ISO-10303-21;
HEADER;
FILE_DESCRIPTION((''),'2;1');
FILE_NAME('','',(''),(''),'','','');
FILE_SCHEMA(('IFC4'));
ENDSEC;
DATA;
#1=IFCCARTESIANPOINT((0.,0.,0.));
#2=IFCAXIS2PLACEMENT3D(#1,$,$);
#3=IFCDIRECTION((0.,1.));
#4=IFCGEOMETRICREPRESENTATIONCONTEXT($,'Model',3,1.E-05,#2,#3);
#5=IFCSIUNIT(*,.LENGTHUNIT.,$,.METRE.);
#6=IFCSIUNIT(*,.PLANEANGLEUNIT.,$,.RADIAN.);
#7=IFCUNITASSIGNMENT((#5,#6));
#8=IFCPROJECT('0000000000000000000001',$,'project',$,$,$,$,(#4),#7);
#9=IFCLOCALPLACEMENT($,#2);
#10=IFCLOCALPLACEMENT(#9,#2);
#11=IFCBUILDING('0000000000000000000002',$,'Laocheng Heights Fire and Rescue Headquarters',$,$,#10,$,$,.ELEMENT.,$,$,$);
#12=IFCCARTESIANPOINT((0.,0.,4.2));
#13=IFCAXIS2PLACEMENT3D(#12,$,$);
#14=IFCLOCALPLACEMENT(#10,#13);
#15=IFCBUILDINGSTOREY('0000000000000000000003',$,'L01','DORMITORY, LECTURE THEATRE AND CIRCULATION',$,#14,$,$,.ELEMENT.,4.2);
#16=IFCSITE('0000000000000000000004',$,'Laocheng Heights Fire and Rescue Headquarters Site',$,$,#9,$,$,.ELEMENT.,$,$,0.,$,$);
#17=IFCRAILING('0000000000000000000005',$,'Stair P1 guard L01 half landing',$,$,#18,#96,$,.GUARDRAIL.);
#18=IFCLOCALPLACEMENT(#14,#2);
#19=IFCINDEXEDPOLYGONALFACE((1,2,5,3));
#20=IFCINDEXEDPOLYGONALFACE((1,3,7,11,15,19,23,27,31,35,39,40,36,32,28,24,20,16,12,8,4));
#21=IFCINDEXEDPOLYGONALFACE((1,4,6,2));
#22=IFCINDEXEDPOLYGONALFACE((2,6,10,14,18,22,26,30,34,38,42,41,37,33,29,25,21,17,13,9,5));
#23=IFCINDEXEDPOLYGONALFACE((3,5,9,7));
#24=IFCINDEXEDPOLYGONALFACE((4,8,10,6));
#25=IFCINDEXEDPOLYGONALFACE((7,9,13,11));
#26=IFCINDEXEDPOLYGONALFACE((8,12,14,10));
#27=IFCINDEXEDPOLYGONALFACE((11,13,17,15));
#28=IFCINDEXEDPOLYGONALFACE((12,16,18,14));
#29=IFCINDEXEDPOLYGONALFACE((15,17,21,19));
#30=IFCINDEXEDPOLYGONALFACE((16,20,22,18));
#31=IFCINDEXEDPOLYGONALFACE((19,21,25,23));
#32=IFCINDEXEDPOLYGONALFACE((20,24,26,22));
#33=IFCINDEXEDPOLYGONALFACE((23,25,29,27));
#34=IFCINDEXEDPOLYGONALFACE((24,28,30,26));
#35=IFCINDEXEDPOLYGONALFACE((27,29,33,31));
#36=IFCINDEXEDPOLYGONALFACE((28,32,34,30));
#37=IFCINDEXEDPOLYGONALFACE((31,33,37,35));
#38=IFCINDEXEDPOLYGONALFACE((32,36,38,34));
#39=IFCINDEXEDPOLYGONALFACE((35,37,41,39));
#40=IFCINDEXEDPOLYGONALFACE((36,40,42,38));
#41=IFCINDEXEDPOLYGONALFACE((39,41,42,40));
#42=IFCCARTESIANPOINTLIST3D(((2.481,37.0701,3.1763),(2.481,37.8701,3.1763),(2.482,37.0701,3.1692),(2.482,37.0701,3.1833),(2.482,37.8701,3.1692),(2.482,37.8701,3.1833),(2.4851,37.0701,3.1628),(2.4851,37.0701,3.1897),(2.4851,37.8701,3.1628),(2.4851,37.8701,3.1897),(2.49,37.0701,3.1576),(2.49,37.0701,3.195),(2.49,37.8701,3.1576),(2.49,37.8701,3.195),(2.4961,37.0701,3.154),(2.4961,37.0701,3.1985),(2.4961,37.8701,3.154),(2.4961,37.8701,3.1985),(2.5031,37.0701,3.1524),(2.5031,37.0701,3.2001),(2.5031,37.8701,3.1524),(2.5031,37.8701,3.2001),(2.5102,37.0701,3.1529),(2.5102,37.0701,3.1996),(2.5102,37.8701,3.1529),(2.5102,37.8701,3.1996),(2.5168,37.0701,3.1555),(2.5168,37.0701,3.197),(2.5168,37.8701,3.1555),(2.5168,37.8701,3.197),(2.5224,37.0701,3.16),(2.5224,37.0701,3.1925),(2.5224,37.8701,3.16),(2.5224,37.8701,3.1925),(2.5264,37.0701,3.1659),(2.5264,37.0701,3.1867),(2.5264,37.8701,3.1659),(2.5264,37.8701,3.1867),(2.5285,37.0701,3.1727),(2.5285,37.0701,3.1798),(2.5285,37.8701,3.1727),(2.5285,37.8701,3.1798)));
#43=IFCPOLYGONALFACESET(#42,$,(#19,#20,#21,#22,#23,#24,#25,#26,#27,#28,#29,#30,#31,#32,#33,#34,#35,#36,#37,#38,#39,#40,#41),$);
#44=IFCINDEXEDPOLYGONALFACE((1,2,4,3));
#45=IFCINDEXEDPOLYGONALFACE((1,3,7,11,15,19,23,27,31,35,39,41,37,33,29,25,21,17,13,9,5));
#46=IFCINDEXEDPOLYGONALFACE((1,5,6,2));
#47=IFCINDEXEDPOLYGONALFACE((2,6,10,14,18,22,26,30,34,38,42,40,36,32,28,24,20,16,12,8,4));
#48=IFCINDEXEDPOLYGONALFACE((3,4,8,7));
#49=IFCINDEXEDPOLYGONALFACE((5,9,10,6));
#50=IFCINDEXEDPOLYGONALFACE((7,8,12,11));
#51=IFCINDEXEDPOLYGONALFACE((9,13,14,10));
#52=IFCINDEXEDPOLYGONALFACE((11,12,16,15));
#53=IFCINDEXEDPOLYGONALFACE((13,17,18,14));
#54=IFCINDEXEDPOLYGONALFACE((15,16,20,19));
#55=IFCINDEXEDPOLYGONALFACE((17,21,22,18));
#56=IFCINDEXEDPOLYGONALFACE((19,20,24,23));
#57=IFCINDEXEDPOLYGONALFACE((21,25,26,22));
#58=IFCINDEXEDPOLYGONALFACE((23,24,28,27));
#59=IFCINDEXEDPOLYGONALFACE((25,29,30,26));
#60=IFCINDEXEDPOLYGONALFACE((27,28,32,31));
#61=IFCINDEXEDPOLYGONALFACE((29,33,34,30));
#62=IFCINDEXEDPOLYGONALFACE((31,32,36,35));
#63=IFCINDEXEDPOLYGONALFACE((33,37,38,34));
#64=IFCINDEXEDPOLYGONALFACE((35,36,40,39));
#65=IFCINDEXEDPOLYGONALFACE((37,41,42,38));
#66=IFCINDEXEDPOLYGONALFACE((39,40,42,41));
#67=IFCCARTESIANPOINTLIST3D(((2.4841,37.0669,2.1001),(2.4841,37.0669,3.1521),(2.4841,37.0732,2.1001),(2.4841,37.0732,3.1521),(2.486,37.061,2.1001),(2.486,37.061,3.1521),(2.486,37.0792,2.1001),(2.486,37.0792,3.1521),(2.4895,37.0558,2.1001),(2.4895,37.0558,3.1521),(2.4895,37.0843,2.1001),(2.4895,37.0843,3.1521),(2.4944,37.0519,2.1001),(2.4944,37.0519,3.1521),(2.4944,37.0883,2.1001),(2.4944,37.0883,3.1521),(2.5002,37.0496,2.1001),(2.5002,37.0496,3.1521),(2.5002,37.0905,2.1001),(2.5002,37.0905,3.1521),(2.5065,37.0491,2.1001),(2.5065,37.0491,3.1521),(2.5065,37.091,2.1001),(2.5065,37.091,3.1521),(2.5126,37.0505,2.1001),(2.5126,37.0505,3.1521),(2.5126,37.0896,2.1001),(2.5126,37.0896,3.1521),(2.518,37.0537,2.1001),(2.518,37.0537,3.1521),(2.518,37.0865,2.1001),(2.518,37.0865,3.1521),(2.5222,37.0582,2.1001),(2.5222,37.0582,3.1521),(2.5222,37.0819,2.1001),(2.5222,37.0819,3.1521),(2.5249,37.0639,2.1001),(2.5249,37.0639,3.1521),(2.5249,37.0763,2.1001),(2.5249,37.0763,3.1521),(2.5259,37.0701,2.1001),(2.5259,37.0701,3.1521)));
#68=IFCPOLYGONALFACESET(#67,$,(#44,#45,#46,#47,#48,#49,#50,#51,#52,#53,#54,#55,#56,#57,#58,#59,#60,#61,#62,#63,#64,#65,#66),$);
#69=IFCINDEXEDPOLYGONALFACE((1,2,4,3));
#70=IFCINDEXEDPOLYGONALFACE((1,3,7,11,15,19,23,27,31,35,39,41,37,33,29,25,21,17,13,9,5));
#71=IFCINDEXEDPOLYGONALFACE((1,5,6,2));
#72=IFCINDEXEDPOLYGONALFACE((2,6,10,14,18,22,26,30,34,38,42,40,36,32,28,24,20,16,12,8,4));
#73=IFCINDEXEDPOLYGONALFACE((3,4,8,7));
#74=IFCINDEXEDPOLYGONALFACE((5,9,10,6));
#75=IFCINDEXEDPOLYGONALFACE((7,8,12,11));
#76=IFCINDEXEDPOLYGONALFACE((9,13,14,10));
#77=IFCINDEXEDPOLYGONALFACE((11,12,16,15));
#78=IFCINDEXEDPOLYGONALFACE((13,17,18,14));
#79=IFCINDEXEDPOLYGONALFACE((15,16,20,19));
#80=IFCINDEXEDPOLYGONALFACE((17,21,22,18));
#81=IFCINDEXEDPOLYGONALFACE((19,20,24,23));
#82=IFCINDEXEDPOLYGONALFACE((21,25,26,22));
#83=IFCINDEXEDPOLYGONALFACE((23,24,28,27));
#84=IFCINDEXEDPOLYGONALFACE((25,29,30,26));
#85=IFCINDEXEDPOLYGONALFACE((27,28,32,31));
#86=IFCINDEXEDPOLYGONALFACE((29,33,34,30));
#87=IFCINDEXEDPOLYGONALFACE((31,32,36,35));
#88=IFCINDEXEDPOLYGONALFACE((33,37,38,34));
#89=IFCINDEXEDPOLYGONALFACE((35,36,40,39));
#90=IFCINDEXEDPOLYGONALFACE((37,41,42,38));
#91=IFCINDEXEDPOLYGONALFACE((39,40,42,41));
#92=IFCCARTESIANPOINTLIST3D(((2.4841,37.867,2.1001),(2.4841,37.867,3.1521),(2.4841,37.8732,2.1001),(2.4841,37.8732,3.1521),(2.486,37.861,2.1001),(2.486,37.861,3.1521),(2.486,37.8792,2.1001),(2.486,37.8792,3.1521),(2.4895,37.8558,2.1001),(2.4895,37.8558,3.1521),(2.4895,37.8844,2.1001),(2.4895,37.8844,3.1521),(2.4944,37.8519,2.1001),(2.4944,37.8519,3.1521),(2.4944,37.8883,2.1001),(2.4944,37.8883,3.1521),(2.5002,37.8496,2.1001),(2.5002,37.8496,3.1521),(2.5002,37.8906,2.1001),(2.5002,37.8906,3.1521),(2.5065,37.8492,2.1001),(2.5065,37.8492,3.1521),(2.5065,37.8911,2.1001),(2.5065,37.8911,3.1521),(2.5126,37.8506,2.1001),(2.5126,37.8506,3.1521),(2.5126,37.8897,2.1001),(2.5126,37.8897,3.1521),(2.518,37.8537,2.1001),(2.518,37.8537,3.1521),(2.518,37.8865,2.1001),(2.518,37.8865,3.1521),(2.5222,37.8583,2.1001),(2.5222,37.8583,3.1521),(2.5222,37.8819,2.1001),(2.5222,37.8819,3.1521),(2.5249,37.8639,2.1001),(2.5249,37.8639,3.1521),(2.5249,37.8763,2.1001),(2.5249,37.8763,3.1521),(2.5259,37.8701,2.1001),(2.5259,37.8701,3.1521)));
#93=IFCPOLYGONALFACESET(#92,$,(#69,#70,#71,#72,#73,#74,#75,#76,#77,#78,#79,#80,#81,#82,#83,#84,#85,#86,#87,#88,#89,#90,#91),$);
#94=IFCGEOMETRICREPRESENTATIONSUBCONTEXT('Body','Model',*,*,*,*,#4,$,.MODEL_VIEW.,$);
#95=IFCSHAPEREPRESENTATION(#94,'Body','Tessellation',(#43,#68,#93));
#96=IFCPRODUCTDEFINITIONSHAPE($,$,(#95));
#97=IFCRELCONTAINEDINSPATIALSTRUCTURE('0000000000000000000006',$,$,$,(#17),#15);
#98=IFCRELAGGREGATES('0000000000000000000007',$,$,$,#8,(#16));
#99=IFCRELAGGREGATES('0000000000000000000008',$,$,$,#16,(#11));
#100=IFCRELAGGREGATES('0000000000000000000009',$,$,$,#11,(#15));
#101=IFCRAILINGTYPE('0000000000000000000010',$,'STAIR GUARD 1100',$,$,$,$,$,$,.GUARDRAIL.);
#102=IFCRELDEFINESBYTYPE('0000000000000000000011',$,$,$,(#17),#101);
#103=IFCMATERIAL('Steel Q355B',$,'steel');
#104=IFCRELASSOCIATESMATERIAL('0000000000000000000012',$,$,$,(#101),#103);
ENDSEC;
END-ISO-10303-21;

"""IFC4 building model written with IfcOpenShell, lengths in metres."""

from ifc_helpers import new_model, si_unit, direction, frame, origin, origin_2d, place, context, subcontext, project, spatial, circle, extrude, material, type_object, element, save


model = new_model("IFC4")

# Units and contexts
model_context = context("Model", 3, precision=1e-05, world=origin(), true_north=direction((0.0, 1.0)))
body_context = subcontext(model_context, "Body", "Model", "MODEL_VIEW")
ifc_project = project(units=[si_unit("LENGTHUNIT", "METRE"), si_unit("PLANEANGLEUNIT", "RADIAN")], contexts=[model_context])

# Site, building, storey
site_placement = place(None, origin())
site = spatial("IfcSite", under=ifc_project, at=site_placement, Name="Laocheng Heights Fire and Rescue Headquarters Site", CompositionType="ELEMENT", RefElevation=0.0)
building_placement = place(site_placement, origin())
building = spatial("IfcBuilding", under=site, at=building_placement, Name="Laocheng Heights Fire and Rescue Headquarters", CompositionType="ELEMENT")
storey_placement = place(building_placement, frame((0.0, 0.0, 4.2)))
storey = spatial("IfcBuildingStorey", under=building, at=storey_placement, Name="L01", Description="DORMITORY, LECTURE THEATRE AND CIRCULATION", CompositionType="ELEMENT", Elevation=4.2)

# Railing
ifc_material_1 = material(Name="Steel Q355B", Category="steel")
railing_type_1 = type_object("IfcRailingType", Name="STAIR GUARD 1100", PredefinedType="GUARDRAIL", material=ifc_material_1)
railing_1_placement = place(storey_placement, frame((2.5049, 37.0701, 2.1001)))
element("IfcRailing", 1, at=railing_1_placement, inside=storey, type_object=railing_type_1, Name="Stair P1 guard L01 half landing", PredefinedType="GUARDRAIL", context=body_context, shape_type="SweptSolid", body=[
    extrude(circle(Radius=0.0239, at=origin_2d()), frame((0.0, 0.0, 1.0762), z_axis=(0.0, 1.0, 0.0), x_axis=(-1.0, 0.0, 0.0)), (0.0, 0.0, 1.0), 0.8),
    extrude(circle(Radius=0.021, at=origin_2d()), origin(), (0.0, 0.0, 1.0), 1.052),
    extrude(circle(Radius=0.021, at=origin_2d()), frame((0.0, 0.8, 0.0)), (0.0, 0.0, 1.0), 1.052),
])

save(model, "model.ifc")
